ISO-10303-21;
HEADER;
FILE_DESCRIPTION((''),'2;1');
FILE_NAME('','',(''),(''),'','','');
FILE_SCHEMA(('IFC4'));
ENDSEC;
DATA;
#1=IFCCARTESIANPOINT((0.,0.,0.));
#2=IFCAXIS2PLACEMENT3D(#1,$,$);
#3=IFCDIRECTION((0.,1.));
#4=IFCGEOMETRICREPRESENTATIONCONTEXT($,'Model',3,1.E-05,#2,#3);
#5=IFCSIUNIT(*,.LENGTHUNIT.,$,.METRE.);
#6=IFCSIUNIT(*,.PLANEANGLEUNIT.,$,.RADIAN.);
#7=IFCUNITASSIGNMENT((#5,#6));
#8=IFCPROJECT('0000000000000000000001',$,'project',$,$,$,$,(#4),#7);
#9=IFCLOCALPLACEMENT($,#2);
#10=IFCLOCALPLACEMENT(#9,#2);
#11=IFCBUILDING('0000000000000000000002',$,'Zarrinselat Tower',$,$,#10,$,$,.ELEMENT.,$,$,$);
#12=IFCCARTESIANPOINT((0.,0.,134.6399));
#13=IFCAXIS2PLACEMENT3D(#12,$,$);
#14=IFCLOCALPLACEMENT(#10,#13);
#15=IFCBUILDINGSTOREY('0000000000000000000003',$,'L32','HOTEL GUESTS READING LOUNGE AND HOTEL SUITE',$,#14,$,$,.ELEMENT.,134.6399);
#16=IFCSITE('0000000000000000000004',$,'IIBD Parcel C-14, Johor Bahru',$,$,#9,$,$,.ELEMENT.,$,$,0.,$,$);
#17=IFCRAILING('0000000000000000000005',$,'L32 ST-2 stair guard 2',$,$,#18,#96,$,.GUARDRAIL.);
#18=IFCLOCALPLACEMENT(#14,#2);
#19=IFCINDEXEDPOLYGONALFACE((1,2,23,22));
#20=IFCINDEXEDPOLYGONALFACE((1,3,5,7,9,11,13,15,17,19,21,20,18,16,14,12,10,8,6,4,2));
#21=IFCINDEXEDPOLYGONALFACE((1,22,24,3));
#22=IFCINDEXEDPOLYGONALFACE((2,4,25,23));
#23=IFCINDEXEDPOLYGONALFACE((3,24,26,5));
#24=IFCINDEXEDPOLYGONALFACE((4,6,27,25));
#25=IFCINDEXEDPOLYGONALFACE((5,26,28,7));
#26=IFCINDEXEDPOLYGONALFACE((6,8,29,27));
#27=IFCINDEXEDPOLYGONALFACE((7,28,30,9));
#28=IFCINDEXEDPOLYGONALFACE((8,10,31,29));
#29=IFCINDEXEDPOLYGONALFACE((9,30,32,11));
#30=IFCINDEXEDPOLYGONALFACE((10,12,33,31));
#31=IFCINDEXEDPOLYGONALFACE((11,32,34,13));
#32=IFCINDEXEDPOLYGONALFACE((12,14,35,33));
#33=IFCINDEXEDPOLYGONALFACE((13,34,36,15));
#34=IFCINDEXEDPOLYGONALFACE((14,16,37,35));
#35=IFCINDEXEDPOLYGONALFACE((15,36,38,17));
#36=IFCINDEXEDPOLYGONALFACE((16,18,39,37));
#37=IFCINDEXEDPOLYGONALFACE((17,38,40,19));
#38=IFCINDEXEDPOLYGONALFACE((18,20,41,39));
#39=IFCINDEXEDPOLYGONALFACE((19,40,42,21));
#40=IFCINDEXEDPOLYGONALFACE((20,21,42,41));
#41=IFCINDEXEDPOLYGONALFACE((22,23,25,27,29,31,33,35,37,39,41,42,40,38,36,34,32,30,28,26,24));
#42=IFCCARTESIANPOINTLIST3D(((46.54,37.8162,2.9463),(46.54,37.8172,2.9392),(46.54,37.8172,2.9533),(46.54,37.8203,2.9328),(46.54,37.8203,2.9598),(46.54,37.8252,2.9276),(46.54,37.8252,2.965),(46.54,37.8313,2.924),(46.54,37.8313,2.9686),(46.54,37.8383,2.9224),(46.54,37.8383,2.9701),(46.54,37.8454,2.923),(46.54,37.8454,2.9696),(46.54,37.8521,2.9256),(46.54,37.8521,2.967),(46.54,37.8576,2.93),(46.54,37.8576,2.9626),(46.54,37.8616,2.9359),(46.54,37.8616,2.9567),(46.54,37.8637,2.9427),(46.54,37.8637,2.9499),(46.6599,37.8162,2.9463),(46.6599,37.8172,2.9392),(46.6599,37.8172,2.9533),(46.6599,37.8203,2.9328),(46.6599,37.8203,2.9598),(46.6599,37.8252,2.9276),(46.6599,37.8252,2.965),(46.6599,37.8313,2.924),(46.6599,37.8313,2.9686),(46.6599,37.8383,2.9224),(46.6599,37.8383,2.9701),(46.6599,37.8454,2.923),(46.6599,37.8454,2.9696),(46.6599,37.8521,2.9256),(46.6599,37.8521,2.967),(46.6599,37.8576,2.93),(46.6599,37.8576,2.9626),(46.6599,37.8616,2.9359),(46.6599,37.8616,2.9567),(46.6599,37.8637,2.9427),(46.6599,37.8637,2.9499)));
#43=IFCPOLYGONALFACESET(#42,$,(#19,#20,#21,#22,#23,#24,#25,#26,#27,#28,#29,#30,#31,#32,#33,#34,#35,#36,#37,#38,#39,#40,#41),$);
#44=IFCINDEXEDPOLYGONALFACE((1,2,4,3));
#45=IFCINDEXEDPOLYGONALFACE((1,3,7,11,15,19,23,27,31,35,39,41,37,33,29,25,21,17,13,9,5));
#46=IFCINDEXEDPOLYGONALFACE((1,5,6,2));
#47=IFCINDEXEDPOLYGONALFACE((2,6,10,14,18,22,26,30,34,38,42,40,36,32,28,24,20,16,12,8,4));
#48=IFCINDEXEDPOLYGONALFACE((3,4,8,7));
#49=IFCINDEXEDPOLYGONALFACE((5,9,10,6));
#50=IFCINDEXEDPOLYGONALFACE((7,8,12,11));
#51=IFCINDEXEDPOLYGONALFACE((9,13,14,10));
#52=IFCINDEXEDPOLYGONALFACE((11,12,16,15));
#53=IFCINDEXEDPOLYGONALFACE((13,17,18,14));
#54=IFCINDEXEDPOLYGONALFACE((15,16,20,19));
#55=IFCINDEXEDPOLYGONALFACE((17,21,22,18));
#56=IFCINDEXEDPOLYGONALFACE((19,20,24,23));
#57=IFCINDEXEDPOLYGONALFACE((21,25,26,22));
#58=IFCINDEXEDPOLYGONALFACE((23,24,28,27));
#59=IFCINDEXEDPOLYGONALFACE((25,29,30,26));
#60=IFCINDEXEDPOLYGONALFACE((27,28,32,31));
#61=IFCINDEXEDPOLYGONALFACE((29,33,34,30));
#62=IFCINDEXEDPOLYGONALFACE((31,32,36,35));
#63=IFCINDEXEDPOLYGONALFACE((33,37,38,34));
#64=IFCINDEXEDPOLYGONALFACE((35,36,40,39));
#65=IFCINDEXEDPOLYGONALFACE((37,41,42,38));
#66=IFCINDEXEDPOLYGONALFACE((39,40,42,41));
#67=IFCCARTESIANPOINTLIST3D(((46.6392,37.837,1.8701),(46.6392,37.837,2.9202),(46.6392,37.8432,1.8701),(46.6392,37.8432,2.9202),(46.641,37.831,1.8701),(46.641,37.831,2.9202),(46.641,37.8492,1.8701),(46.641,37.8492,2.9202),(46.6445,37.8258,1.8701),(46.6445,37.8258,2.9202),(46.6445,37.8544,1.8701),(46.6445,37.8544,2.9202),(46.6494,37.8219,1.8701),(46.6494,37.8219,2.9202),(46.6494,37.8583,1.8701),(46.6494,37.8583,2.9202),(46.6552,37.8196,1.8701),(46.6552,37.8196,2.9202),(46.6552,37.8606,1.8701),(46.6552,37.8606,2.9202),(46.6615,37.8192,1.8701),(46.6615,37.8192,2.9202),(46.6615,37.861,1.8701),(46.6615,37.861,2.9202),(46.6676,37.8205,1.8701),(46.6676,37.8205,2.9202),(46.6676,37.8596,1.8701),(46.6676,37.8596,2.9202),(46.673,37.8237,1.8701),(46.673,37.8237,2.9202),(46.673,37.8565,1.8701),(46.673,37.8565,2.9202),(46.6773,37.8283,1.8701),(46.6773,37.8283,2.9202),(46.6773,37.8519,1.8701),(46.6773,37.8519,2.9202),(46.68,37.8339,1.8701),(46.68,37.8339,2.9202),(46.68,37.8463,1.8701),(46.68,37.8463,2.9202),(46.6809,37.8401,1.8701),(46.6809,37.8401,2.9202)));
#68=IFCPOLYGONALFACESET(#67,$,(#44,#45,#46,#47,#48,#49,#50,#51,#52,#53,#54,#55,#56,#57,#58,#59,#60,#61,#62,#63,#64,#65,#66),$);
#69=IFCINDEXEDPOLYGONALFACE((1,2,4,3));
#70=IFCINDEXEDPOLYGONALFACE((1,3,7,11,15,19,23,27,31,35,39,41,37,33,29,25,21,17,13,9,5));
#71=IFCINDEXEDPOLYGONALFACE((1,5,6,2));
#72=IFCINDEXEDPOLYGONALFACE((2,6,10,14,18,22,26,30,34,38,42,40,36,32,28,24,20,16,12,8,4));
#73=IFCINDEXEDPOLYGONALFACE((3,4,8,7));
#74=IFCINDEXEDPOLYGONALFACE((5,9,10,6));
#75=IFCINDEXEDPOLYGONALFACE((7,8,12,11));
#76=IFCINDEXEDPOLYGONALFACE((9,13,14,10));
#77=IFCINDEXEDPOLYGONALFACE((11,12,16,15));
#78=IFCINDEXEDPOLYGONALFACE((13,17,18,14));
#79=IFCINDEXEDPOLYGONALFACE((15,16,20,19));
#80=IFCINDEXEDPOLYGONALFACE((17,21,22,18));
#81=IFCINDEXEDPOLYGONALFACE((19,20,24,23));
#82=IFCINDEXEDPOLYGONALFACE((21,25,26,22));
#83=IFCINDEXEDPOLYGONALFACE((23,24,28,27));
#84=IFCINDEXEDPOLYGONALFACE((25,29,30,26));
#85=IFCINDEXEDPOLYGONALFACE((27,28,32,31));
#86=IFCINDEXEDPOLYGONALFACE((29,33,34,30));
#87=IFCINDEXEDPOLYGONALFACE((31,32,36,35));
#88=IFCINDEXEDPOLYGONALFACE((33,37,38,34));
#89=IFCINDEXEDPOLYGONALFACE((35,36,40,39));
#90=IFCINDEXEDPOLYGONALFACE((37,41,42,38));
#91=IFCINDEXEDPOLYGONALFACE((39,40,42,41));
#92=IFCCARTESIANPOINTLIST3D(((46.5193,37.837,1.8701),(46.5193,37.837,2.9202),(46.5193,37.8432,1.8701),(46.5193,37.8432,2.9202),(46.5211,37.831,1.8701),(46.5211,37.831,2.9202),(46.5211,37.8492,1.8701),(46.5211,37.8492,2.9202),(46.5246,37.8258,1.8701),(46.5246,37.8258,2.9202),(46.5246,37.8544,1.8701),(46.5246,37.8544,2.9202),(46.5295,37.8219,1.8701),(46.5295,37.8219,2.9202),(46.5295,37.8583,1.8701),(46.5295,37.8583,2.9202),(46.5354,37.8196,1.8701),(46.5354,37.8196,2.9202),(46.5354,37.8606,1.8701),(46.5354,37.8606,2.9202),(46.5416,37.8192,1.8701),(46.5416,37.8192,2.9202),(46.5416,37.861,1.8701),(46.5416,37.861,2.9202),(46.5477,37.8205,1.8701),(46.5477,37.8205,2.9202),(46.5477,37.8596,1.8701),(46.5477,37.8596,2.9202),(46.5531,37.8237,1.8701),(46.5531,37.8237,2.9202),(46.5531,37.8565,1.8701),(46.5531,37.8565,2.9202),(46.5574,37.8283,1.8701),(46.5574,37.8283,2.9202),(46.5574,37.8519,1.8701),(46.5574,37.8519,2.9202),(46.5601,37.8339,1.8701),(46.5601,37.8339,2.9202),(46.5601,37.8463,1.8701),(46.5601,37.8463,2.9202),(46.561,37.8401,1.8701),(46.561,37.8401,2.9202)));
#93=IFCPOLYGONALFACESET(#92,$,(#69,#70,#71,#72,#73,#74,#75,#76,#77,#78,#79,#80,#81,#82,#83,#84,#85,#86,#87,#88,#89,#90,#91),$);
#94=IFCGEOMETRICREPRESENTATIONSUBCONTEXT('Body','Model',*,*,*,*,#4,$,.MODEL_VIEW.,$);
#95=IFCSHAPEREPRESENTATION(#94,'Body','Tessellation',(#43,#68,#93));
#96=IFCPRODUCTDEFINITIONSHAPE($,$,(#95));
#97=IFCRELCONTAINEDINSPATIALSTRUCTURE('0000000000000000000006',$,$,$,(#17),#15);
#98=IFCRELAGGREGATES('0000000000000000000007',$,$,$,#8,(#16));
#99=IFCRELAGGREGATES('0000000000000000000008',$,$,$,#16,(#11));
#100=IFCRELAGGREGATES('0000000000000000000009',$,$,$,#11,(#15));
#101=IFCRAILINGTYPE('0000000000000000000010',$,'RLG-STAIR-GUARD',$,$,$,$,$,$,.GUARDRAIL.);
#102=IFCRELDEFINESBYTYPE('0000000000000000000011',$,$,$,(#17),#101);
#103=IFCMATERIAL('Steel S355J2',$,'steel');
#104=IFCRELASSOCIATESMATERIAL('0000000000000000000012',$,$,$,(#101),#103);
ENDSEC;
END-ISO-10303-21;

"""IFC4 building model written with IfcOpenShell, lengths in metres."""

from ifc_helpers import new_model, si_unit, direction, frame, origin, origin_2d, place, context, subcontext, project, spatial, circle, extrude, material, type_object, element, save


model = new_model("IFC4")

# Units and contexts
model_context = context("Model", 3, precision=1e-05, world=origin(), true_north=direction((0.0, 1.0)))
body_context = subcontext(model_context, "Body", "Model", "MODEL_VIEW")
ifc_project = project(units=[si_unit("LENGTHUNIT", "METRE"), si_unit("PLANEANGLEUNIT", "RADIAN")], contexts=[model_context])

# Site, building, storey
site_placement = place(None, origin())
site = spatial("IfcSite", under=ifc_project, at=site_placement, Name="IIBD Parcel C-14, Johor Bahru", CompositionType="ELEMENT", RefElevation=0.0)
building_placement = place(site_placement, origin())
building = spatial("IfcBuilding", under=site, at=building_placement, Name="Zarrinselat Tower", CompositionType="ELEMENT")
storey_placement = place(building_placement, frame((0.0, 0.0, 134.6399)))
storey = spatial("IfcBuildingStorey", under=building, at=storey_placement, Name="L32", Description="HOTEL GUESTS READING LOUNGE AND HOTEL SUITE", CompositionType="ELEMENT", Elevation=134.6399)

# Railing
ifc_material_1 = material(Name="Steel S355J2", Category="steel")
railing_type_1 = type_object("IfcRailingType", Name="RLG-STAIR-GUARD", PredefinedType="GUARDRAIL", material=ifc_material_1)
railing_1_placement = place(storey_placement, frame((46.6599, 37.8401, 1.8701)))
element("IfcRailing", 1, at=railing_1_placement, inside=storey, type_object=railing_type_1, Name="L32 ST-2 stair guard 2", PredefinedType="GUARDRAIL", context=body_context, shape_type="SweptSolid", body=[
    extrude(circle(Radius=0.0239, at=origin_2d()), frame((0.0, 0.0, 1.0762), z_axis=(-1.0, 0.0, 0.0), x_axis=(0.0, -1.0, 0.0)), (0.0, 0.0, 1.0), 0.1199),
    extrude(circle(Radius=0.021, at=origin_2d()), origin(), (0.0, 0.0, 1.0), 1.05),
    extrude(circle(Radius=0.021, at=origin_2d()), frame((-0.1199, 0.0, 0.0)), (0.0, 0.0, 1.0), 1.05),
])

save(model, "model.ifc")
